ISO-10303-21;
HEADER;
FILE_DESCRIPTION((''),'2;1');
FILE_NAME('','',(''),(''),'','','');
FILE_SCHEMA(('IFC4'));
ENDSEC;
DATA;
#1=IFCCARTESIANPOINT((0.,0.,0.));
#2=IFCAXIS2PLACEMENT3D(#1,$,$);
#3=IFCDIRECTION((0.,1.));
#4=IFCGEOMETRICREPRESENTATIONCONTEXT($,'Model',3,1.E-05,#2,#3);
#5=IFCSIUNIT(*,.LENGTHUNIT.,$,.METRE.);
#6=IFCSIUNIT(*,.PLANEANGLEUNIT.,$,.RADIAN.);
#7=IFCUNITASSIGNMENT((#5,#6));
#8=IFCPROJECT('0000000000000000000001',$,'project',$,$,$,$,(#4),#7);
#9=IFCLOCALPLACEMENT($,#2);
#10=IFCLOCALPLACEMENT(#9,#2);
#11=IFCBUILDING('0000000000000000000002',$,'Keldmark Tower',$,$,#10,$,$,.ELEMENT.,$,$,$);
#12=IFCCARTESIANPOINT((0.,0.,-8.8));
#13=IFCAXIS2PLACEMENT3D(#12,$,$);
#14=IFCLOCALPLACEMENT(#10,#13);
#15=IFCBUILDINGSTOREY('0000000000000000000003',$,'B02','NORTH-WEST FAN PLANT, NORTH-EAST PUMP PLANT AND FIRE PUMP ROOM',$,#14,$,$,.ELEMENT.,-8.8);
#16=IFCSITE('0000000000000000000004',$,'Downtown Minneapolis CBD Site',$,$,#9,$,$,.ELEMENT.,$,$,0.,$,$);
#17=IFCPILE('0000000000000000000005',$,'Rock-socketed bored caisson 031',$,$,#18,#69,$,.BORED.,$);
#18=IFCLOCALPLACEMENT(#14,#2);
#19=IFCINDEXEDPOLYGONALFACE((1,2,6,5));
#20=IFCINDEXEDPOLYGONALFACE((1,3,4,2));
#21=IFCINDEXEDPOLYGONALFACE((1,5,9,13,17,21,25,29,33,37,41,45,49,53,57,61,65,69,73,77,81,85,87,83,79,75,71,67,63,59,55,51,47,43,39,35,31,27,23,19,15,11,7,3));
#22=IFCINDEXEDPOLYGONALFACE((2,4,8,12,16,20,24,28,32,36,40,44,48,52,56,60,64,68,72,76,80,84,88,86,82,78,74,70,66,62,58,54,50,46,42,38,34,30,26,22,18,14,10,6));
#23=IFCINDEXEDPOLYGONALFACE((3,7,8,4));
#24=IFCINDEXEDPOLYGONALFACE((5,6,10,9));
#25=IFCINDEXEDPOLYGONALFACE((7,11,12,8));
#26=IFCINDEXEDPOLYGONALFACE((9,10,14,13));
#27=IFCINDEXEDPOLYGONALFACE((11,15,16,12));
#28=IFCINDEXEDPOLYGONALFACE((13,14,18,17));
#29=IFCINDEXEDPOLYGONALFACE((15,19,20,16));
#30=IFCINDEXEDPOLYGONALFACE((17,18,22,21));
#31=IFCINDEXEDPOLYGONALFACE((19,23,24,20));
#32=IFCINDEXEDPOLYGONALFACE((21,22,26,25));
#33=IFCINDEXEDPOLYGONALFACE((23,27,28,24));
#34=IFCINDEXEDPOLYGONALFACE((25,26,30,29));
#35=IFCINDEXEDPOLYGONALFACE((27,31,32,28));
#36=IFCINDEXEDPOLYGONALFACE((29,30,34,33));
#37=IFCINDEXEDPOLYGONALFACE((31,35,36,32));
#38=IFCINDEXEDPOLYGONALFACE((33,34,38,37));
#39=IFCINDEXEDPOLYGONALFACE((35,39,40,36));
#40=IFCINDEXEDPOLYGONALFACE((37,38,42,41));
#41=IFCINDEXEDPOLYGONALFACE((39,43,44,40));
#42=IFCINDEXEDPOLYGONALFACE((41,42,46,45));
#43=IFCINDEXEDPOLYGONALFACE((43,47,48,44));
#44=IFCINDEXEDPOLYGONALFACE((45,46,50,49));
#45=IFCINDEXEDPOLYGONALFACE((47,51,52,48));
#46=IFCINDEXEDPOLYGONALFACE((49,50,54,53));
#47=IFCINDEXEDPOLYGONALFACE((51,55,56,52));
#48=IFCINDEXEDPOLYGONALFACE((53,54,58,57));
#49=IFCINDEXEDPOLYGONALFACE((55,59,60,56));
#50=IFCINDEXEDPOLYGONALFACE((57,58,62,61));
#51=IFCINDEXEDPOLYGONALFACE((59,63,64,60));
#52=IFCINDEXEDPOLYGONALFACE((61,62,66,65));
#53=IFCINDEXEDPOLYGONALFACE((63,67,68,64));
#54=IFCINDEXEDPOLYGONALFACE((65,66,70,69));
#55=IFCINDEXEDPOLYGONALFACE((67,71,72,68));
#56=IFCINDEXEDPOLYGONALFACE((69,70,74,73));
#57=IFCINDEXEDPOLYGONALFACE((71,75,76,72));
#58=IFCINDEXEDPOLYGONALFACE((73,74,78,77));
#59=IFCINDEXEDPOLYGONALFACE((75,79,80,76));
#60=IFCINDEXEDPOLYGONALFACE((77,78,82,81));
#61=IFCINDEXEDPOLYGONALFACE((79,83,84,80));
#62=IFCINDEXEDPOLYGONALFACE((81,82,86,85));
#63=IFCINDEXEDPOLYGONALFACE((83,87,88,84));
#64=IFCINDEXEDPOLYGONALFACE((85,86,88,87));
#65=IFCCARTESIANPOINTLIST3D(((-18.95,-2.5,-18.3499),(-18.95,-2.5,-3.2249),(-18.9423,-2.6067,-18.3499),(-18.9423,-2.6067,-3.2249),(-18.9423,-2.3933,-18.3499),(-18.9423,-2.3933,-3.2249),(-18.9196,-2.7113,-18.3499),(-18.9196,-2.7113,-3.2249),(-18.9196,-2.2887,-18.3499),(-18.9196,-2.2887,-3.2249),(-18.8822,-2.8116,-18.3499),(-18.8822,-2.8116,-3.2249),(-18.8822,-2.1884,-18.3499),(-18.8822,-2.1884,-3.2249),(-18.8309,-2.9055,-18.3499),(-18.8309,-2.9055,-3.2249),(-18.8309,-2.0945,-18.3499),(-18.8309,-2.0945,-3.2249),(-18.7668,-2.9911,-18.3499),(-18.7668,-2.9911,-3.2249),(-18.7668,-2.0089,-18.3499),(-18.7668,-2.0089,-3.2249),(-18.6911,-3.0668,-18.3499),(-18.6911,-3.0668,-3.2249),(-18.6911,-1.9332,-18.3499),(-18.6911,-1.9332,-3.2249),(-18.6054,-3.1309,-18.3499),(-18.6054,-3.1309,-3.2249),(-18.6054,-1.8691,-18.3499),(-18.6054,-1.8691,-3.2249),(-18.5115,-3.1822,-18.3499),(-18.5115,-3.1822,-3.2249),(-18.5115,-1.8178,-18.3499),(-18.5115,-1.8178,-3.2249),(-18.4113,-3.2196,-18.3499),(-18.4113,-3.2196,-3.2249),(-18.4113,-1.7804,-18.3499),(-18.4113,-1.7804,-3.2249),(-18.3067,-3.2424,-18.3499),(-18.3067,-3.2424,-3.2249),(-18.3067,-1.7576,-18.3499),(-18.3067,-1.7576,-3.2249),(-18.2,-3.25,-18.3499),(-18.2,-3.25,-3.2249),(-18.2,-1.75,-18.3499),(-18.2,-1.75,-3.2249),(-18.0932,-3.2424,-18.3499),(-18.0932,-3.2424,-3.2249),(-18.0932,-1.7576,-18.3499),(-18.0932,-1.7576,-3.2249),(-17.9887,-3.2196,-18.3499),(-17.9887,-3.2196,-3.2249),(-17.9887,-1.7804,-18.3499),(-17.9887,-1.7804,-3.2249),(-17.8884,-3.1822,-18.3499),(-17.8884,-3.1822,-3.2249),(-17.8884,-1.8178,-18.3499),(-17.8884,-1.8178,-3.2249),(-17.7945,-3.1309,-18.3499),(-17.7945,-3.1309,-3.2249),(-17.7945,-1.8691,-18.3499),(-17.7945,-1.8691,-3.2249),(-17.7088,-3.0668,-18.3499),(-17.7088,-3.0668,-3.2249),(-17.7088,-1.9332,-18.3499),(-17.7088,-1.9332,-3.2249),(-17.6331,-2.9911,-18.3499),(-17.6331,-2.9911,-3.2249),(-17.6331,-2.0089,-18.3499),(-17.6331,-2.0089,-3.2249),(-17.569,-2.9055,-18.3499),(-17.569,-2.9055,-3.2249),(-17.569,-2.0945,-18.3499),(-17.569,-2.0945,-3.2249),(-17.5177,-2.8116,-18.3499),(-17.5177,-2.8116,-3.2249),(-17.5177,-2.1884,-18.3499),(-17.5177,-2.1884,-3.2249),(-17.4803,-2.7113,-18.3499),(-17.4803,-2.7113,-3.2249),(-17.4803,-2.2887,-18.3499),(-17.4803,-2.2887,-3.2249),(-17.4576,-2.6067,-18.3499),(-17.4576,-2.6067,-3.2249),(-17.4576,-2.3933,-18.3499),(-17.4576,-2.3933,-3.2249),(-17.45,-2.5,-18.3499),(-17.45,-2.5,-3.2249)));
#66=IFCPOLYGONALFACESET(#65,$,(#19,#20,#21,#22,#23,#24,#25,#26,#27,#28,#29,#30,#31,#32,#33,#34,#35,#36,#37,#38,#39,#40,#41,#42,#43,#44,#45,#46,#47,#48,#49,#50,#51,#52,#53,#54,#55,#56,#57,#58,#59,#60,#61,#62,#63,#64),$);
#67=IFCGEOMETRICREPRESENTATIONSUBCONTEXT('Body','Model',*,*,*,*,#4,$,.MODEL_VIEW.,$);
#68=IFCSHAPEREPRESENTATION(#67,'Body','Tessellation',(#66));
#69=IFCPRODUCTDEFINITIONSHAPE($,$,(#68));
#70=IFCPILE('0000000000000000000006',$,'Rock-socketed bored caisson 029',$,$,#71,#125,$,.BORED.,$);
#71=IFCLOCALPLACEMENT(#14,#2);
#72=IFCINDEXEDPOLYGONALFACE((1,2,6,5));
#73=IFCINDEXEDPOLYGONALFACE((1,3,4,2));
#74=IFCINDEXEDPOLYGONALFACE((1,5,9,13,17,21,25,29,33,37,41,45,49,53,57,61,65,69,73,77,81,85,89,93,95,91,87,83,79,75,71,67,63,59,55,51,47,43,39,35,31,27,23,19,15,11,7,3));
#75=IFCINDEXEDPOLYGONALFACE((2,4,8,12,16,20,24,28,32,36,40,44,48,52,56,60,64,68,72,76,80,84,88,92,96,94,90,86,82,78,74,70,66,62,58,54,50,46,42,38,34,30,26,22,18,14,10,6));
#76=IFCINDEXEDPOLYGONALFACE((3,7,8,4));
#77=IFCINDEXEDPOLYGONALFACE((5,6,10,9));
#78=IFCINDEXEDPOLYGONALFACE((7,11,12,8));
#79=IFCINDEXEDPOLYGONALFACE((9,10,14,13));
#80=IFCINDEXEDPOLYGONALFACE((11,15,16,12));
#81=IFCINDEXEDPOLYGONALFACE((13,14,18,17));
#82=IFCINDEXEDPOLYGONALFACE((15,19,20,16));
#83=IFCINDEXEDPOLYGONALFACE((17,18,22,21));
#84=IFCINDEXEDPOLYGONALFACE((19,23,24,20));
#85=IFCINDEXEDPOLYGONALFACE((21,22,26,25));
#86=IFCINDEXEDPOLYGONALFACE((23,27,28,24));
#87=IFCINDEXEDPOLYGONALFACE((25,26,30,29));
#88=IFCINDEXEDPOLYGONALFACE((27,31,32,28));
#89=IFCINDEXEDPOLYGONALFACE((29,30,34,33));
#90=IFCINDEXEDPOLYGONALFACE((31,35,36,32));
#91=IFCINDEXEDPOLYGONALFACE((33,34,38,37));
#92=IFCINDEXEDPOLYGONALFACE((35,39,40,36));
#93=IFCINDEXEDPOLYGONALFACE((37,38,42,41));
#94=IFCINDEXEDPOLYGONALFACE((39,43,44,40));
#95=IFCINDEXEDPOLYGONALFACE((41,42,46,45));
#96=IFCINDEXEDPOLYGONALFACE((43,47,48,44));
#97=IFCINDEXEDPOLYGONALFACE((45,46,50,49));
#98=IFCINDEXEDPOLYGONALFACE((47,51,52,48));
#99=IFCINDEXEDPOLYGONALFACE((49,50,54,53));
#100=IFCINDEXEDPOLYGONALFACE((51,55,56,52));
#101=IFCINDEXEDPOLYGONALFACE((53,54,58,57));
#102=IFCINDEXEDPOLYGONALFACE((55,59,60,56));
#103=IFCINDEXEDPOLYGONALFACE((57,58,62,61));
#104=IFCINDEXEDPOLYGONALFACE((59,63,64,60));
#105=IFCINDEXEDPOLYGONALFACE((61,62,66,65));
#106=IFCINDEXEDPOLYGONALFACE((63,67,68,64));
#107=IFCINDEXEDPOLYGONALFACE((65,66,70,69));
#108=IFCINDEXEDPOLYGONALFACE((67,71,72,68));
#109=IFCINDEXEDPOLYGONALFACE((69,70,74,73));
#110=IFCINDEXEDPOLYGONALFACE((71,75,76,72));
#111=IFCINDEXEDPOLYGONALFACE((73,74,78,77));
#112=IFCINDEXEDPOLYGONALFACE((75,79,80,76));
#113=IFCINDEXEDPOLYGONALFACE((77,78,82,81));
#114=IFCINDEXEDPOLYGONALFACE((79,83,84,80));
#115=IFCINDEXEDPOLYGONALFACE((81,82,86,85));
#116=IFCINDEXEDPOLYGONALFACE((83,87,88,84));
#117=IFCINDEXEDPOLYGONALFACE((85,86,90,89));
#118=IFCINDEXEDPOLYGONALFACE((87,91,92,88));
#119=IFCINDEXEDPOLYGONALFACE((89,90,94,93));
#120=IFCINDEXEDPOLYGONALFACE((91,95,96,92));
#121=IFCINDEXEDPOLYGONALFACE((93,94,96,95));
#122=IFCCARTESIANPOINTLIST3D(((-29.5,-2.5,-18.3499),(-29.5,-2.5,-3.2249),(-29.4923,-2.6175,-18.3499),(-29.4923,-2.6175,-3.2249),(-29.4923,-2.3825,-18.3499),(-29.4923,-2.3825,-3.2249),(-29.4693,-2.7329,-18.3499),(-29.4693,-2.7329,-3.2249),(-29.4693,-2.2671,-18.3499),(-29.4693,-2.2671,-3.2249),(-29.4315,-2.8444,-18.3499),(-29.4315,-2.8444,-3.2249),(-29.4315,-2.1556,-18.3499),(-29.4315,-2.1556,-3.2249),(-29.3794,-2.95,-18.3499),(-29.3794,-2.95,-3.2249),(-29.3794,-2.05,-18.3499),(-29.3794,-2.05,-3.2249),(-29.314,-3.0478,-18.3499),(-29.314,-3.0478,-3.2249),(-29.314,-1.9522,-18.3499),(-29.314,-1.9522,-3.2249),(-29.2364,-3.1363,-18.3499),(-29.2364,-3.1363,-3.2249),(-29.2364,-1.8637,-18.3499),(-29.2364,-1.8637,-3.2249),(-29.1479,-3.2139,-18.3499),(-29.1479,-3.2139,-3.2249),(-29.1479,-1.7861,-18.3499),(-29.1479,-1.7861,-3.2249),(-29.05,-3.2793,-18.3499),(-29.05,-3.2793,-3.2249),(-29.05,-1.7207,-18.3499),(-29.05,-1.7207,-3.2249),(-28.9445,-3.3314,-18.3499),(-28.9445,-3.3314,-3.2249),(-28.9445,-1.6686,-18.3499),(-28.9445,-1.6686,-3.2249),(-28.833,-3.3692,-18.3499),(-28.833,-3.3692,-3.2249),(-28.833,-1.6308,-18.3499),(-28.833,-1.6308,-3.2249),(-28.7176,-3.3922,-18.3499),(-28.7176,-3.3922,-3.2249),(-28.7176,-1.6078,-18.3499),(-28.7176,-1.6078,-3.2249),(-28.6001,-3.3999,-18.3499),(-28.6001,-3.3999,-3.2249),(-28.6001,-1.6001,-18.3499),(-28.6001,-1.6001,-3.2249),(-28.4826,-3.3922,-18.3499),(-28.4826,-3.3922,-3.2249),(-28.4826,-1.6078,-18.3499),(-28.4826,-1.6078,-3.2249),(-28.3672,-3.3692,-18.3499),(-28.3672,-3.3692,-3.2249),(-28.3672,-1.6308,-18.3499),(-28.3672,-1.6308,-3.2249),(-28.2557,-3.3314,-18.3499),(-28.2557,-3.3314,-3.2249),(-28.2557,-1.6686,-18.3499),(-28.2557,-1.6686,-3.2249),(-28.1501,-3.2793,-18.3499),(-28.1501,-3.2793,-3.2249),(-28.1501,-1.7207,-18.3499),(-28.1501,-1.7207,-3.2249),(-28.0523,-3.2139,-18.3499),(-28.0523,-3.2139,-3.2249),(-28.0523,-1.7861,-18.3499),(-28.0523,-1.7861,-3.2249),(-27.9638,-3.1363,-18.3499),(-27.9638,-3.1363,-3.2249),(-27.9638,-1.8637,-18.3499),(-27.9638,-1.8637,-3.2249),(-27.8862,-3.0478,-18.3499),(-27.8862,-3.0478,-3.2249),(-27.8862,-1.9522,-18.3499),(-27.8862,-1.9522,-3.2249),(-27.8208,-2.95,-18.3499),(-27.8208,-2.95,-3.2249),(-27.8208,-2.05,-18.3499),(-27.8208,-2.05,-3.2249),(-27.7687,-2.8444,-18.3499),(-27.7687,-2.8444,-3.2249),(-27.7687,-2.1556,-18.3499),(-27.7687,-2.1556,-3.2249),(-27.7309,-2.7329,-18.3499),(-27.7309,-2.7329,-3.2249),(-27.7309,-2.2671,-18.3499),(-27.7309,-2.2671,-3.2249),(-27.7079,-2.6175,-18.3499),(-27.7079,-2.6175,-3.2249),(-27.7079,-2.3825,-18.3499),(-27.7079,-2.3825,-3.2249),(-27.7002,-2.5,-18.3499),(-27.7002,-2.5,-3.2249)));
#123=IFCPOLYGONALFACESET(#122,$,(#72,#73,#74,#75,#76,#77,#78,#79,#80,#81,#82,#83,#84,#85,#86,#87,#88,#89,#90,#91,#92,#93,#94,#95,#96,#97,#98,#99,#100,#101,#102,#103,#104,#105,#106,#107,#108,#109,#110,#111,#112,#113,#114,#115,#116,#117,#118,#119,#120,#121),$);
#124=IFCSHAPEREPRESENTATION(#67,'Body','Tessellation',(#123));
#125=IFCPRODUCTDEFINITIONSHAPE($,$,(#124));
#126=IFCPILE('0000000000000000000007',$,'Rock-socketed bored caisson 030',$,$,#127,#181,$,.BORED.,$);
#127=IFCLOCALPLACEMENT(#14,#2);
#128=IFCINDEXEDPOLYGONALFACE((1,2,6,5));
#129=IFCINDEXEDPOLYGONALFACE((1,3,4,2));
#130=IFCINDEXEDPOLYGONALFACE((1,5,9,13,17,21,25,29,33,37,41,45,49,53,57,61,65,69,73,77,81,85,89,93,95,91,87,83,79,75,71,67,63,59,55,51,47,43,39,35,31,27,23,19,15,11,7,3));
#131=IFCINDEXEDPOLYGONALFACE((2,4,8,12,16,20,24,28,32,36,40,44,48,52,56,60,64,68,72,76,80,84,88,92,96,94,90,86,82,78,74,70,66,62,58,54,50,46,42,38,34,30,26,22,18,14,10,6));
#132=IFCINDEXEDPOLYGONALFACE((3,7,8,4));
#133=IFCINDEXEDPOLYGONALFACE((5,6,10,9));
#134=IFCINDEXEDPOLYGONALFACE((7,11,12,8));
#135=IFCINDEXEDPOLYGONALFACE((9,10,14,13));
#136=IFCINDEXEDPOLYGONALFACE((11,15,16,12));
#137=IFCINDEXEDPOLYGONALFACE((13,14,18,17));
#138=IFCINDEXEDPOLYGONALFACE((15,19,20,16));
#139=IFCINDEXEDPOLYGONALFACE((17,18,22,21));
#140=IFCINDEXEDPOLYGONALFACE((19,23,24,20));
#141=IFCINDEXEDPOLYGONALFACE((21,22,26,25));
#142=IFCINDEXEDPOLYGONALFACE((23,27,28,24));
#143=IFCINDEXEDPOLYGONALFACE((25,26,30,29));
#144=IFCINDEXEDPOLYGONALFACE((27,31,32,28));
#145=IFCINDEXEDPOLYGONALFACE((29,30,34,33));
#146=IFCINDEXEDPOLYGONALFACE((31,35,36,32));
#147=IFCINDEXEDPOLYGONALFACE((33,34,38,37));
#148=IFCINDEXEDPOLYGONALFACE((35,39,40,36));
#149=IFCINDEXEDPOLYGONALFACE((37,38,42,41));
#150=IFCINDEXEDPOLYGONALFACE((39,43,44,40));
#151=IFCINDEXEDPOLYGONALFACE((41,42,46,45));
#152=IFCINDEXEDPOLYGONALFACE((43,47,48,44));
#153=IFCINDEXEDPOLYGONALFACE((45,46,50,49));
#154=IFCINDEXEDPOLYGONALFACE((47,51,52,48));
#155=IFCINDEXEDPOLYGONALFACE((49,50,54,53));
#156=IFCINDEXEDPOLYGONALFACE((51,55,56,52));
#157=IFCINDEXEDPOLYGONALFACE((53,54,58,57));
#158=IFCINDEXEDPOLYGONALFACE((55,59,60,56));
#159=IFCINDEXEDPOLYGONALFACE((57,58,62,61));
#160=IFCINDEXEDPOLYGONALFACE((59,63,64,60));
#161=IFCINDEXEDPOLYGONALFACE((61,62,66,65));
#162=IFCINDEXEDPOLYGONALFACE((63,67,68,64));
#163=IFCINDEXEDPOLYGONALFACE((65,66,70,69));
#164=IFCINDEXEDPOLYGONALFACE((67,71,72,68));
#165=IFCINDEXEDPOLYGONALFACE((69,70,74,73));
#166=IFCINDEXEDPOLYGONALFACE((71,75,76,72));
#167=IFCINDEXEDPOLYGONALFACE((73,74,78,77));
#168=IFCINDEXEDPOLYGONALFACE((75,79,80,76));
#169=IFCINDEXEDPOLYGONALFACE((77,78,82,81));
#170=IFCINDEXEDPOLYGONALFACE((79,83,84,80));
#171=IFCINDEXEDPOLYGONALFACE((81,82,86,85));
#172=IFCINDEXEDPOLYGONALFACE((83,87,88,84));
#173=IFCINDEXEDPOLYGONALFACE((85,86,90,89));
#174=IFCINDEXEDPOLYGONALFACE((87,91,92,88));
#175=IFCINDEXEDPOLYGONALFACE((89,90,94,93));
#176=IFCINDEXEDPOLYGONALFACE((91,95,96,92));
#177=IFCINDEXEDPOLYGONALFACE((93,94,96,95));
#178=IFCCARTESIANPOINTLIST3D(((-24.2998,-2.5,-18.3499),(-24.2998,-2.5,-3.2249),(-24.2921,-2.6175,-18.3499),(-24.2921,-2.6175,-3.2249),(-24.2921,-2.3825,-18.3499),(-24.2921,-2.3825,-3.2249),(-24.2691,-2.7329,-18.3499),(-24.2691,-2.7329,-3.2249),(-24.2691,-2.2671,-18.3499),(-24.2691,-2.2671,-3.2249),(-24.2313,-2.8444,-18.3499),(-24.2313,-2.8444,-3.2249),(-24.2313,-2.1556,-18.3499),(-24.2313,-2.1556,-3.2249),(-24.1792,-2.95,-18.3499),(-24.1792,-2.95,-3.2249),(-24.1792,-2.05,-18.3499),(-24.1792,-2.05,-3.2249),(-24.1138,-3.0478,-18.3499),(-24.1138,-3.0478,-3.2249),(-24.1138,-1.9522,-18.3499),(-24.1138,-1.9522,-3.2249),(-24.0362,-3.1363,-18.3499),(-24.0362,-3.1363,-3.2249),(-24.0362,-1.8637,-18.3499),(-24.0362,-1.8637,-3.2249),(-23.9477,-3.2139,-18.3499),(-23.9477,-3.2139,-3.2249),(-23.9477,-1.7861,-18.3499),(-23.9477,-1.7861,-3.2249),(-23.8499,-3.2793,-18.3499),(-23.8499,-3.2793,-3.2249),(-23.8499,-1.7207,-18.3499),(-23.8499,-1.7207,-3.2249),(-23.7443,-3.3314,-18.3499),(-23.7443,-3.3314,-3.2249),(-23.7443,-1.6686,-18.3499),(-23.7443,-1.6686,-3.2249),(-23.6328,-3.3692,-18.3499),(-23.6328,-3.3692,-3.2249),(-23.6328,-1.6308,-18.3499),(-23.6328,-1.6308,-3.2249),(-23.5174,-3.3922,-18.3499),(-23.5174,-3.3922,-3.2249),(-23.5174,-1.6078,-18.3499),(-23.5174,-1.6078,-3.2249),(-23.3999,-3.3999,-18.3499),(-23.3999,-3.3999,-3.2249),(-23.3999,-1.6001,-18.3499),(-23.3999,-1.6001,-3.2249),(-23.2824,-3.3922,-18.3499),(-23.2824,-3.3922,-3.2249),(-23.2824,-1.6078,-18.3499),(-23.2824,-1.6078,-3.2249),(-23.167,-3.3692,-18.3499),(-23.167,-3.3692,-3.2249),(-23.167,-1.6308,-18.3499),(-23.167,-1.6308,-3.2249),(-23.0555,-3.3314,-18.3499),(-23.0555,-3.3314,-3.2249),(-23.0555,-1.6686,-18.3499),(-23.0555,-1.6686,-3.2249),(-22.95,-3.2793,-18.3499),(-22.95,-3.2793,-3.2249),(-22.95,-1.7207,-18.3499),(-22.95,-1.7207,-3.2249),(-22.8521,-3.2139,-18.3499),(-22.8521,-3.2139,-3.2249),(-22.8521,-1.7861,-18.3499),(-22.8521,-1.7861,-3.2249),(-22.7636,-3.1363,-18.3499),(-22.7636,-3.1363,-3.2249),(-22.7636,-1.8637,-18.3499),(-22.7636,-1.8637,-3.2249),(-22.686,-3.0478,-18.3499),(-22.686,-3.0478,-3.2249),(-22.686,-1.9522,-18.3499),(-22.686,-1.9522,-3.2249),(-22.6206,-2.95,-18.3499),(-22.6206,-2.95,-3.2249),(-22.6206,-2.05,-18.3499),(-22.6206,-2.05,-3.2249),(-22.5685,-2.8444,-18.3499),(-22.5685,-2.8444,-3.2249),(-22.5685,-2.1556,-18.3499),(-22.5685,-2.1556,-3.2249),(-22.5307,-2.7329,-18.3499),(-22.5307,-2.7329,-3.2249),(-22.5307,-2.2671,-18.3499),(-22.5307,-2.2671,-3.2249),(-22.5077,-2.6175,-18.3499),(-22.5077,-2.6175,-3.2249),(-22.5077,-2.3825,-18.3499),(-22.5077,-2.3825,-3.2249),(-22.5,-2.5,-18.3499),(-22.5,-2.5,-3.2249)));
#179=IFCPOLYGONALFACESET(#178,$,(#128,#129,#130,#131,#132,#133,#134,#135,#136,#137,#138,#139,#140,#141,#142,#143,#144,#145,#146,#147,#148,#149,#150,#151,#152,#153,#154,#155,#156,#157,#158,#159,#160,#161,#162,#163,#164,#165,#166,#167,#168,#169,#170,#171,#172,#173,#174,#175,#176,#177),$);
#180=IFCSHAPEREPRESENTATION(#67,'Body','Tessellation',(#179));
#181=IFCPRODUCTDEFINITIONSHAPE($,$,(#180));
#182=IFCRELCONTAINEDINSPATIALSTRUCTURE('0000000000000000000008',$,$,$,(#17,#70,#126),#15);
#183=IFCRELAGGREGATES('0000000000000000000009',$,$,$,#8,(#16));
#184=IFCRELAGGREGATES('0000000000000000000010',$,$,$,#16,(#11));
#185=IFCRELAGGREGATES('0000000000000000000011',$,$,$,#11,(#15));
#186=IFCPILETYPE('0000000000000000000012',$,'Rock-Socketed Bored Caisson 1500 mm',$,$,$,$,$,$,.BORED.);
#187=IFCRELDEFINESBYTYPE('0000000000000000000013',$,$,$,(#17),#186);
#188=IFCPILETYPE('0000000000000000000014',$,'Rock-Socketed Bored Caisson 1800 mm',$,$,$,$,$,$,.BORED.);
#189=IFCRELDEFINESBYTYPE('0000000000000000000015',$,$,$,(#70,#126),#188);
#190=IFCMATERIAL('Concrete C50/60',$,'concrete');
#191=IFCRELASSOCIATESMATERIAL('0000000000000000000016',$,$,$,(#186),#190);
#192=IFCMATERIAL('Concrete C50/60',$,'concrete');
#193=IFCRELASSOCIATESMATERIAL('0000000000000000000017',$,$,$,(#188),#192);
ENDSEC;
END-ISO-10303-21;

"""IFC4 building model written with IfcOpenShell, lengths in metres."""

from ifc_helpers import new_model, si_unit, direction, frame, origin, origin_2d, place, context, subcontext, project, spatial, circle, extrude, material, material_profile, profile_set, type_object, element, save


model = new_model("IFC4")

# Units and contexts
model_context = context("Model", 3, precision=1e-05, world=origin(), true_north=direction((0.0, 1.0)))
body_context = subcontext(model_context, "Body", "Model", "MODEL_VIEW")
ifc_project = project(units=[si_unit("LENGTHUNIT", "METRE"), si_unit("PLANEANGLEUNIT", "RADIAN")], contexts=[model_context])

# Site, building, storey
site_placement = place(None, origin())
site = spatial("IfcSite", under=ifc_project, at=site_placement, Name="Downtown Minneapolis CBD Site", CompositionType="ELEMENT", RefElevation=0.0)
building_placement = place(site_placement, origin())
building = spatial("IfcBuilding", under=site, at=building_placement, Name="Keldmark Tower", CompositionType="ELEMENT")
storey_placement = place(building_placement, frame((0.0, 0.0, -8.8)))
storey = spatial("IfcBuildingStorey", under=building, at=storey_placement, Name="B02", Description="NORTH-WEST FAN PLANT, NORTH-EAST PUMP PLANT AND FIRE PUMP ROOM", CompositionType="ELEMENT", Elevation=-8.8)

# Piles
ifc_material_1 = material(Name="Concrete C50/60", Category="concrete")
ifc_material_profile_1 = material_profile(ifc_material_1, circle(Radius=0.75, at=origin_2d()), Name="CAISSON1500")
ifc_profile_set_1 = profile_set([ifc_material_profile_1], Name="Concrete C50/60")
pile_type_1 = type_object("IfcPileType", Name="Rock-Socketed Bored Caisson 1500 mm", PredefinedType="BORED", material=ifc_profile_set_1)
pile_placement = place(storey_placement, frame((-18.2, -2.5, -3.2249), z_axis=(0.0, 0.0, -1.0), x_axis=(1.0, 0.0, 0.0)))
element("IfcPile", 1, at=pile_placement, inside=storey, type_object=pile_type_1, Name="Rock-socketed bored caisson 031", PredefinedType="BORED", context=body_context, shape_type="SweptSolid", body=[
    extrude(circle(Radius=0.75, at=origin_2d()), origin(), (0.0, 0.0, 1.0), 15.125),
])
ifc_material_2 = material(Name="Concrete C50/60", Category="concrete")
ifc_material_profile_2 = material_profile(ifc_material_2, circle(Radius=0.8999, at=origin_2d()), Name="CAISSON1800")
ifc_profile_set_2 = profile_set([ifc_material_profile_2], Name="Concrete C50/60")
pile_type_2 = type_object("IfcPileType", Name="Rock-Socketed Bored Caisson 1800 mm", PredefinedType="BORED", material=ifc_profile_set_2)
for number, where, z_axis, x_axis, name in (
    (2, (-28.6001, -2.5, -3.2249), (0.0, 0.0, -1.0), (1.0, 0.0, 0.0), "Rock-socketed bored caisson 029"),
    (3, (-23.3999, -2.5, -3.2249), (0.0, 0.0, -1.0), (1.0, 0.0, 0.0), "Rock-socketed bored caisson 030"),
):
    element("IfcPile", number, at=place(storey_placement, frame(where, z_axis=z_axis, x_axis=x_axis)), inside=storey, type_object=pile_type_2, Name=name, PredefinedType="BORED", context=body_context, shape_type="SweptSolid", body=[
        extrude(circle(Radius=0.8999, at=origin_2d()), origin(), (0.0, 0.0, 1.0), 15.125),
    ])

save(model, "model.ifc")
